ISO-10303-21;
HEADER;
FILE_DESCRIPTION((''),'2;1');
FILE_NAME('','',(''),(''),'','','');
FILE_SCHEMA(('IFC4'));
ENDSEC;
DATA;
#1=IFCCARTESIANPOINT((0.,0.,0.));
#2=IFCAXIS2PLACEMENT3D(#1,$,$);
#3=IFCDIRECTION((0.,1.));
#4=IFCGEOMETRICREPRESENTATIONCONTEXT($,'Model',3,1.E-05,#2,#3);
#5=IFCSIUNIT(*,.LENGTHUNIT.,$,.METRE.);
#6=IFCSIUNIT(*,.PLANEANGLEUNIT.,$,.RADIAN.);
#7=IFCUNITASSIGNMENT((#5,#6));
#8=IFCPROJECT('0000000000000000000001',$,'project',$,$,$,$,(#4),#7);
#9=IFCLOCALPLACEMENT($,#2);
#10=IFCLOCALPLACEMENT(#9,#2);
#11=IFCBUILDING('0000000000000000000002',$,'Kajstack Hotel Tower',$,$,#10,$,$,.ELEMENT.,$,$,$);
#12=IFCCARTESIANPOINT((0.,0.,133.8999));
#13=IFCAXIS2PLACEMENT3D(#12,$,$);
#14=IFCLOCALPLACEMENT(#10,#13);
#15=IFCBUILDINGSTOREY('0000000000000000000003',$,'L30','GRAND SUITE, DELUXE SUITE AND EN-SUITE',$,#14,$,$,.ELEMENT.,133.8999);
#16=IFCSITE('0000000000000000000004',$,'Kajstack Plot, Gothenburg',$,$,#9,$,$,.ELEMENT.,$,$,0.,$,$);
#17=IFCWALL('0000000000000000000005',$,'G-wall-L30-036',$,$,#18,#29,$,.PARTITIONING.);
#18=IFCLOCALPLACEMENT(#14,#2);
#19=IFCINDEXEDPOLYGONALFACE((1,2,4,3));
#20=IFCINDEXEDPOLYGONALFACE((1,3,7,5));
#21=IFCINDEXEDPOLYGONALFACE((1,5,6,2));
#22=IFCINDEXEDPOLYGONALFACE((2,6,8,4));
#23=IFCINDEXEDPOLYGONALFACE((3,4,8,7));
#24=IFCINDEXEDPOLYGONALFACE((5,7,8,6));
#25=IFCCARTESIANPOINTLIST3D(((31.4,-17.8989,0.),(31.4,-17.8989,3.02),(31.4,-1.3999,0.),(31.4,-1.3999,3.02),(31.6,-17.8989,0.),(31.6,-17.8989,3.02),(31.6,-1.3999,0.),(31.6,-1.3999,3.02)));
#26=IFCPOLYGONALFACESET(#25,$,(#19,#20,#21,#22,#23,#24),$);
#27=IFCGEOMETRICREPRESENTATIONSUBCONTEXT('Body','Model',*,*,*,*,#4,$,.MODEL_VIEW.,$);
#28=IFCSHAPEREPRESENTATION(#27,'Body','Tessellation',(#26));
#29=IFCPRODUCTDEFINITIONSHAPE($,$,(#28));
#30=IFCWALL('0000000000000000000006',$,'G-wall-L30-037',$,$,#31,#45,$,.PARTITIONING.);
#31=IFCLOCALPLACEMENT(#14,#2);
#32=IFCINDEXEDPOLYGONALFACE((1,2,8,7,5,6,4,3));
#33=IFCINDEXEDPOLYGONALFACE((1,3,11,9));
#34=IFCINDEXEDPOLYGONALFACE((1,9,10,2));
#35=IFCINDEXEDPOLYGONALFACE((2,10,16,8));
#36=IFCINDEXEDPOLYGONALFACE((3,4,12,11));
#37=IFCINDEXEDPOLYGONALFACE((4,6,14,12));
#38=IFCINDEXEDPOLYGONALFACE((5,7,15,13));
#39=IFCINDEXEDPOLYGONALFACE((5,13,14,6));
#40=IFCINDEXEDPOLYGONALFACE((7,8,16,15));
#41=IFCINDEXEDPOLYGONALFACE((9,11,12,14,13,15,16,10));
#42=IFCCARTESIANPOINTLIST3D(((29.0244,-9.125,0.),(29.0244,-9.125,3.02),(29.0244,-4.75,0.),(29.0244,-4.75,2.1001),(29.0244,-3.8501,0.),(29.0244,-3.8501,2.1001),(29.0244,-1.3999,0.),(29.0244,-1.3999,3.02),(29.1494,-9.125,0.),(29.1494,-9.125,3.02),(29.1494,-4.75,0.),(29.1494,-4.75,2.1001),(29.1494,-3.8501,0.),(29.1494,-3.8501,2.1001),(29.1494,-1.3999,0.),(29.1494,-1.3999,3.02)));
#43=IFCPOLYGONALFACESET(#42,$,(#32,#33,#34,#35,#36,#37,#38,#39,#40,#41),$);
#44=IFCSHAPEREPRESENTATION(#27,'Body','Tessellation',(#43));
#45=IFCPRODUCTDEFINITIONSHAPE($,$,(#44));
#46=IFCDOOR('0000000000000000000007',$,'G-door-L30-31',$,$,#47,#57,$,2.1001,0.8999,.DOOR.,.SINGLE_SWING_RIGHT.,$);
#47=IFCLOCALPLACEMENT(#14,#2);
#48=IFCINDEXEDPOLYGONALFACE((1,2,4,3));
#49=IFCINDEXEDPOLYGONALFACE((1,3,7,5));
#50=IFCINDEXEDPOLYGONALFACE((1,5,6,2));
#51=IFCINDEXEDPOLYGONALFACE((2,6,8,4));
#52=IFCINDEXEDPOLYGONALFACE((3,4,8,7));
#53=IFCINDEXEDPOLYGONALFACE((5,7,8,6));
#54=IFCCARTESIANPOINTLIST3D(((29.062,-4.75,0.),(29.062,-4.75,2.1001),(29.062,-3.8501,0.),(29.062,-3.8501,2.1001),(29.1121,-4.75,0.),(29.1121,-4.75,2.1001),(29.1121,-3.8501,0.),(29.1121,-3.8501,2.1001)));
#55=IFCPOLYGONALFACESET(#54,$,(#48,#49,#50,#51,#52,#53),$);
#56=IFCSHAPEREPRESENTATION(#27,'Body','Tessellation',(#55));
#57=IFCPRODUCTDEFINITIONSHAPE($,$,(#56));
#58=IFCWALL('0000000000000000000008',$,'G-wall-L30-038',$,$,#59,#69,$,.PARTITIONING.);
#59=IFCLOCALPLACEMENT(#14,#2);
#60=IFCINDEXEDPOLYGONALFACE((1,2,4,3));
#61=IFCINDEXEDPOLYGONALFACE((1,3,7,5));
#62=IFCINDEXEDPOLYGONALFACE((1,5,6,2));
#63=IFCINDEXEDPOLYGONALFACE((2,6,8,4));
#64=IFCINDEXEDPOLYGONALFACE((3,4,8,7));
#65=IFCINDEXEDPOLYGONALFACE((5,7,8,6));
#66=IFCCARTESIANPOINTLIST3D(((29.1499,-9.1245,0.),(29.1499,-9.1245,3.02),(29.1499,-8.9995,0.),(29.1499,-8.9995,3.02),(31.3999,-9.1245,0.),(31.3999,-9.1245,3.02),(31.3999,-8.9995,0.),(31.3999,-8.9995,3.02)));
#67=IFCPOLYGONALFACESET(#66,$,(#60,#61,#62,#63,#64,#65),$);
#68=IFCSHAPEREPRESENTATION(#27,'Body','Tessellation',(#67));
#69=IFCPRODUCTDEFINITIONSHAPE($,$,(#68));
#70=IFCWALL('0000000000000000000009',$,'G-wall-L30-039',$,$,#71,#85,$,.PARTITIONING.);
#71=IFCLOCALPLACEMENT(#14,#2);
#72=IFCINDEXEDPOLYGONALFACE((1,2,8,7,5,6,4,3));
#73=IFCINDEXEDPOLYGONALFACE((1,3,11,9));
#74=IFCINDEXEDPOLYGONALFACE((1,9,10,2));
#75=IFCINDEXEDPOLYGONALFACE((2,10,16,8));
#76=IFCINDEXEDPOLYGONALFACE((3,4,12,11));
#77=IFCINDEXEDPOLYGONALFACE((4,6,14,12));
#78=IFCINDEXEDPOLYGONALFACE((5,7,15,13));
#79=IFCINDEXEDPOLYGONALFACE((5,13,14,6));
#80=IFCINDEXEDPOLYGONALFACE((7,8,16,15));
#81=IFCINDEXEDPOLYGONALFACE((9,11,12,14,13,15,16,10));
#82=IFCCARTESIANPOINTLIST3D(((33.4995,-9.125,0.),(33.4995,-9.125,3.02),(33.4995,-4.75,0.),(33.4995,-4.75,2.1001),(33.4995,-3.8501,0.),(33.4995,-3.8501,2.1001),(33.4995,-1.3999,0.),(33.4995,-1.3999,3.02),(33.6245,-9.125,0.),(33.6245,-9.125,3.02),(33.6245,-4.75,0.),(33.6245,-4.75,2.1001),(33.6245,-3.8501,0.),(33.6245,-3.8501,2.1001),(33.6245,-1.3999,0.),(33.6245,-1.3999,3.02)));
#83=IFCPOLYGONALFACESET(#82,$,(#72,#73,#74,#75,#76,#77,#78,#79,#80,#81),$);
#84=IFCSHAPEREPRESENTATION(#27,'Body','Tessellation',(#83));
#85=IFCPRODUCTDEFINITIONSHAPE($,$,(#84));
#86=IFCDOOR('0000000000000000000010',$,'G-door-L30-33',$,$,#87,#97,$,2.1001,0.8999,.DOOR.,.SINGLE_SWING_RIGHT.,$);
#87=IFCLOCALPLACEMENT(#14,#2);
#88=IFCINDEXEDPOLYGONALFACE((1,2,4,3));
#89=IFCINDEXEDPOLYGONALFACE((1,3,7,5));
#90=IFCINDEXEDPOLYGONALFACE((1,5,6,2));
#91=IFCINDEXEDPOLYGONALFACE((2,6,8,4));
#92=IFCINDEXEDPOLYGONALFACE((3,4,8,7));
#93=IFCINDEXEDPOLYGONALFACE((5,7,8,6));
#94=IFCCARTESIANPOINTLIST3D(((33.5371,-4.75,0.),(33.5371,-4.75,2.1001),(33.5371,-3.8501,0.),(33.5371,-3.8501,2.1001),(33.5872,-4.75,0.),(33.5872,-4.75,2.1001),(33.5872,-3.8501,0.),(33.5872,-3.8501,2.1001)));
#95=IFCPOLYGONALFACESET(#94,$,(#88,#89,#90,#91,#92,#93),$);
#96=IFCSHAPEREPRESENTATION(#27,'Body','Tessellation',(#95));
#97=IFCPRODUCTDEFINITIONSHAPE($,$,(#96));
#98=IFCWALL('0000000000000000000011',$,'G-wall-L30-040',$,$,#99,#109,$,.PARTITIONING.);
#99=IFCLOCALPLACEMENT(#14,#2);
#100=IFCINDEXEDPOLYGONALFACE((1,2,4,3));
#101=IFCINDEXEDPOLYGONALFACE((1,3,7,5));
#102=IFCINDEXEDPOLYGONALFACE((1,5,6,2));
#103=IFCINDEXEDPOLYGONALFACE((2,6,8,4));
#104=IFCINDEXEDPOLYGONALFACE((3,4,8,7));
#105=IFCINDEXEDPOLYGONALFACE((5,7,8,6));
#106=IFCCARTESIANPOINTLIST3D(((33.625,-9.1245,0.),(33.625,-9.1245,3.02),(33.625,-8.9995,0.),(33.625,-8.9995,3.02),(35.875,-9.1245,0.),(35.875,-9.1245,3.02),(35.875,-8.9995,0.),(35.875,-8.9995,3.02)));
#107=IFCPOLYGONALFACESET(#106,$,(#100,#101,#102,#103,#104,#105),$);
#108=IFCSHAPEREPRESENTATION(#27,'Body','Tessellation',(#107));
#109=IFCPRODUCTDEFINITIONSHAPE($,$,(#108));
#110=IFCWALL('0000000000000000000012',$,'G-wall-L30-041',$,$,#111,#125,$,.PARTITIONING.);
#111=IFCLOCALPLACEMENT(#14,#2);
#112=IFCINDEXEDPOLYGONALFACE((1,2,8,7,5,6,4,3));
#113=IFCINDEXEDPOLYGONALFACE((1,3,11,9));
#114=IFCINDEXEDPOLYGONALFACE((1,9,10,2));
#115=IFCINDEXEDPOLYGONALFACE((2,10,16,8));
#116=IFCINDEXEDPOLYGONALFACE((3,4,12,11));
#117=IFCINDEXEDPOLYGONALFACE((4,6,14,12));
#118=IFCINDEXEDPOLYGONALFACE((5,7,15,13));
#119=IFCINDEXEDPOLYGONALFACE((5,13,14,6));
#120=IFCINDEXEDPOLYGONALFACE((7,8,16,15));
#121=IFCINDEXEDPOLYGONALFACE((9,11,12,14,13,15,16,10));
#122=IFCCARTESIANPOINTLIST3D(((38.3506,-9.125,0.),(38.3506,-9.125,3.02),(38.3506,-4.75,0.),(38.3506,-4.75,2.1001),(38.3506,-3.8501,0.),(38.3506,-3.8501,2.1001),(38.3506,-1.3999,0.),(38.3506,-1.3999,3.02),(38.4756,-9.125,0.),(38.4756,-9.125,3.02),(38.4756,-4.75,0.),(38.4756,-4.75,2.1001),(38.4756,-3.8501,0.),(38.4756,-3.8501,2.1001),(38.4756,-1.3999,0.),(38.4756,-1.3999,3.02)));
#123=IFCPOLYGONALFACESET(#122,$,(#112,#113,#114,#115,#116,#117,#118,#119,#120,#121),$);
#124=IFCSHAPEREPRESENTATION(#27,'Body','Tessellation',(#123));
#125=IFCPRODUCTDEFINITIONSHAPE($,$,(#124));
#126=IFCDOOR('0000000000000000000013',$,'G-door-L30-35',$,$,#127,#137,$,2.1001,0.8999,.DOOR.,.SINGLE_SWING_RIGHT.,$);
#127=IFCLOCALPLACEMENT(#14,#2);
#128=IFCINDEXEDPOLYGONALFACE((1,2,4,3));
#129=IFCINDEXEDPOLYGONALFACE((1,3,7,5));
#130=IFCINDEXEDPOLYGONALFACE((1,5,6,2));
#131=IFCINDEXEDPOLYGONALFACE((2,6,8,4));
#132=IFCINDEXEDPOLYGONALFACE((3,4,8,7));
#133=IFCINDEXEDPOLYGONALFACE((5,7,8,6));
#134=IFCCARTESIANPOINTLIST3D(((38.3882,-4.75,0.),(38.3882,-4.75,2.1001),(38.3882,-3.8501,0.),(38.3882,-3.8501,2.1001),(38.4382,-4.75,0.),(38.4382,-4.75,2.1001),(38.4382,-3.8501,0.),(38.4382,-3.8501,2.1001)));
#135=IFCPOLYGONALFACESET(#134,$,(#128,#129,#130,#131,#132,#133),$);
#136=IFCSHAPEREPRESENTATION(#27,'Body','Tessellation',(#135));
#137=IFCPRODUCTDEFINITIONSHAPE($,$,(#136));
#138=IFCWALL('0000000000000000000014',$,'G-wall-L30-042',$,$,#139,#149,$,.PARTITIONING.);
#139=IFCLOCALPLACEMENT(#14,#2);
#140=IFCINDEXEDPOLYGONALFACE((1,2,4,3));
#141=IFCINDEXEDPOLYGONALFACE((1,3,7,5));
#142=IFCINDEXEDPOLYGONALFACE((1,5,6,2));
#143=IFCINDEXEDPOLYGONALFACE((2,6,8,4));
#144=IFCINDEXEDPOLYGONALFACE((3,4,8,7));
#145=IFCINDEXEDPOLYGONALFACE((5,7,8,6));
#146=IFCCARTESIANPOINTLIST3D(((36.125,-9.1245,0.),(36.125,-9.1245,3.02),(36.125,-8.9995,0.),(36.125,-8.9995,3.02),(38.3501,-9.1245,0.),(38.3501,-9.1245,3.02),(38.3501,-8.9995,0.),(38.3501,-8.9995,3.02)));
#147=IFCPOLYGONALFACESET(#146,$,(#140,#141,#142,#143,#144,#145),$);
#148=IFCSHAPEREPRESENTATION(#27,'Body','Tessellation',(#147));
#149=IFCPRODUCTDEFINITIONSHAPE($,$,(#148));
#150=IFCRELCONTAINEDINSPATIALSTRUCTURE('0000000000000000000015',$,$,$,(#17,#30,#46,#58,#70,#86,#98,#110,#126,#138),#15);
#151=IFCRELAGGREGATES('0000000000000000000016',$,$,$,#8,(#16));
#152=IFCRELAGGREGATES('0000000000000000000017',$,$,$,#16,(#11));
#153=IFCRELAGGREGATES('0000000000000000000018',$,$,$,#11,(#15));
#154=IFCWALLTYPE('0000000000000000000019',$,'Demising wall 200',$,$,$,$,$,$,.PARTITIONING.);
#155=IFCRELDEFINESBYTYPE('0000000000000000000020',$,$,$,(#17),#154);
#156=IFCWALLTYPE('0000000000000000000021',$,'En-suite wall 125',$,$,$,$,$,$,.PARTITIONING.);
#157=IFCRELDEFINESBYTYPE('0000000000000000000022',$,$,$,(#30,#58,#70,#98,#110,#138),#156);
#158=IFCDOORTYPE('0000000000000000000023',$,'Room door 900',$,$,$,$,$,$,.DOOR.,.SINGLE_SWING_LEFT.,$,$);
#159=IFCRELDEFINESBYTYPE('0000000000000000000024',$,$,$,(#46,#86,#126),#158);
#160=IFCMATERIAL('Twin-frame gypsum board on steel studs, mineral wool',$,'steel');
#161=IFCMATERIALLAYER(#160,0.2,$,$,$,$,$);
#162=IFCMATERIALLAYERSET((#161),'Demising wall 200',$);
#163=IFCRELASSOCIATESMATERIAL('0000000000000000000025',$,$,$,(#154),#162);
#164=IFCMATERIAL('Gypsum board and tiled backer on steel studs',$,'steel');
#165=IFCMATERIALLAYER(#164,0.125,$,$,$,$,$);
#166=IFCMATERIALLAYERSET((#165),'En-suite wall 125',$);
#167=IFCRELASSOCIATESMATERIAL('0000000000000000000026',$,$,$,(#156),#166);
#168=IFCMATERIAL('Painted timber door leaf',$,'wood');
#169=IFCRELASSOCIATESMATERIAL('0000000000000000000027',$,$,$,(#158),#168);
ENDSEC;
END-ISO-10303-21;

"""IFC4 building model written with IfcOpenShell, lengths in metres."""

from ifc_helpers import new_model, si_unit, direction, frame, frame_2d, origin, place, context, subcontext, project, spatial, rectangle, extrude, material, layer, layer_set, type_object, element, fill, save


model = new_model("IFC4")

# Units and contexts
model_context = context("Model", 3, precision=1e-05, world=origin(), true_north=direction((0.0, 1.0)))
body_context = subcontext(model_context, "Body", "Model", "MODEL_VIEW")
ifc_project = project(units=[si_unit("LENGTHUNIT", "METRE"), si_unit("PLANEANGLEUNIT", "RADIAN")], contexts=[model_context])

# Site, building, storey
site_placement = place(None, origin())
site = spatial("IfcSite", under=ifc_project, at=site_placement, Name="Kajstack Plot, Gothenburg", CompositionType="ELEMENT", RefElevation=0.0)
building_placement = place(site_placement, origin())
building = spatial("IfcBuilding", under=site, at=building_placement, Name="Kajstack Hotel Tower", CompositionType="ELEMENT")
storey_placement = place(building_placement, frame((0.0, 0.0, 133.8999)))
storey = spatial("IfcBuildingStorey", under=building, at=storey_placement, Name="L30", Description="GRAND SUITE, DELUXE SUITE AND EN-SUITE", CompositionType="ELEMENT", Elevation=133.8999)

# Wall
ifc_material_1 = material(Name="Twin-frame gypsum board on steel studs, mineral wool", Category="steel")
ifc_layer_1 = layer(ifc_material_1, 0.2)
ifc_layer_set_1 = layer_set([ifc_layer_1], Name="Demising wall 200")
wall_type_1 = type_object("IfcWallType", Name="Demising wall 200", PredefinedType="PARTITIONING", material=ifc_layer_set_1)
wall_1_placement = place(storey_placement, frame((31.5, -17.8989, 0.0), z_axis=(0.0, 0.0, 1.0), x_axis=(0.0, 1.0, 0.0)))
element("IfcWall", 1, at=wall_1_placement, inside=storey, type_object=wall_type_1, Name="G-wall-L30-036", PredefinedType="PARTITIONING", context=body_context, shape_type="SweptSolid", body=[
    extrude(rectangle(XDim=16.499, YDim=0.2, at=frame_2d((8.2495, 0.0))), origin(), (0.0, 0.0, 1.0), 3.02),
])

# Wall, opening, door
ifc_material_2 = material(Name="Gypsum board and tiled backer on steel studs", Category="steel")
ifc_layer_2 = layer(ifc_material_2, 0.125)
ifc_layer_set_2 = layer_set([ifc_layer_2], Name="En-suite wall 125")
wall_type_2 = type_object("IfcWallType", Name="En-suite wall 125", PredefinedType="PARTITIONING", material=ifc_layer_set_2)
wall_2_placement = place(storey_placement, frame((29.0869, -9.125, 0.0), z_axis=(0.0, 0.0, 1.0), x_axis=(0.0, 1.0, 0.0)))
wall_2 = element("IfcWall", 2, at=wall_2_placement, inside=storey, type_object=wall_type_2, Name="G-wall-L30-037", PredefinedType="PARTITIONING", context=body_context, shape_type="SweptSolid", body=[
    extrude(rectangle(XDim=7.7251, YDim=0.125, at=frame_2d((3.8625, 0.0))), origin(), (0.0, 0.0, 1.0), 3.02),
])
opening_1_placement = place(wall_2_placement, frame((4.375, 0.0, 0.0)))
opening_1 = element("IfcOpeningElement", 3, at=opening_1_placement, cuts=wall_2, PredefinedType="OPENING", context=body_context, shape_type="SweptSolid", body=[
    extrude(rectangle(XDim=0.8999, YDim=2.1001, at=frame_2d((0.45, 1.05))), frame((0.0, 0.0725, 0.0), z_axis=(0.0, -1.0, 0.0), x_axis=(1.0, 0.0, 0.0)), (0.0, 0.0, 1.0), 0.145),
])
ifc_material_3 = material(Name="Painted timber door leaf", Category="wood")
door_type_1 = type_object("IfcDoorType", Name="Room door 900", OperationType="SINGLE_SWING_LEFT", PredefinedType="DOOR", material=ifc_material_3)
door_1_placement = place(opening_1_placement, origin())
door_1 = element("IfcDoor", 4, at=door_1_placement, inside=storey, type_object=door_type_1, Name="G-door-L30-31", OperationType="SINGLE_SWING_RIGHT", OverallHeight=2.1001, OverallWidth=0.8999, PredefinedType="DOOR", context=body_context, shape_type="SweptSolid", body=[
    extrude(rectangle(XDim=0.8999, YDim=2.1001, at=frame_2d((0.45, 1.05))), frame((0.0, 0.0249, 0.0), z_axis=(0.0, -1.0, 0.0), x_axis=(1.0, 0.0, 0.0)), (0.0, 0.0, 1.0), 0.05),
])
fill(opening_1, door_1)

# Wall
wall_3_placement = place(storey_placement, frame((29.1499, -9.062, 0.0), z_axis=(0.0, 0.0, 1.0), x_axis=(1.0, 0.0, 0.0)))
element("IfcWall", 5, at=wall_3_placement, inside=storey, type_object=wall_type_2, Name="G-wall-L30-038", PredefinedType="PARTITIONING", context=body_context, shape_type="SweptSolid", body=[
    extrude(rectangle(XDim=2.25, YDim=0.125, at=frame_2d((1.125, 0.0))), origin(), (0.0, 0.0, 1.0), 3.02),
])

# Wall, opening, door
wall_4_placement = place(storey_placement, frame((33.562, -9.125, 0.0), z_axis=(0.0, 0.0, 1.0), x_axis=(0.0, 1.0, 0.0)))
wall_4 = element("IfcWall", 6, at=wall_4_placement, inside=storey, type_object=wall_type_2, Name="G-wall-L30-039", PredefinedType="PARTITIONING", context=body_context, shape_type="SweptSolid", body=[
    extrude(rectangle(XDim=7.7251, YDim=0.125, at=frame_2d((3.8625, 0.0))), origin(), (0.0, 0.0, 1.0), 3.02),
])
opening_2_placement = place(wall_4_placement, frame((4.375, 0.0, 0.0)))
opening_2 = element("IfcOpeningElement", 7, at=opening_2_placement, cuts=wall_4, PredefinedType="OPENING", context=body_context, shape_type="SweptSolid", body=[
    extrude(rectangle(XDim=0.8999, YDim=2.1001, at=frame_2d((0.45, 1.05))), frame((0.0, 0.0725, 0.0), z_axis=(0.0, -1.0, 0.0), x_axis=(1.0, 0.0, 0.0)), (0.0, 0.0, 1.0), 0.145),
])
door_2_placement = place(opening_2_placement, origin())
door_2 = element("IfcDoor", 8, at=door_2_placement, inside=storey, type_object=door_type_1, Name="G-door-L30-33", OperationType="SINGLE_SWING_RIGHT", OverallHeight=2.1001, OverallWidth=0.8999, PredefinedType="DOOR", context=body_context, shape_type="SweptSolid", body=[
    extrude(rectangle(XDim=0.8999, YDim=2.1001, at=frame_2d((0.45, 1.05))), frame((0.0, 0.0249, 0.0), z_axis=(0.0, -1.0, 0.0), x_axis=(1.0, 0.0, 0.0)), (0.0, 0.0, 1.0), 0.05),
])
fill(opening_2, door_2)

# Wall
wall_5_placement = place(storey_placement, frame((33.625, -9.062, 0.0), z_axis=(0.0, 0.0, 1.0), x_axis=(1.0, 0.0, 0.0)))
element("IfcWall", 9, at=wall_5_placement, inside=storey, type_object=wall_type_2, Name="G-wall-L30-040", PredefinedType="PARTITIONING", context=body_context, shape_type="SweptSolid", body=[
    extrude(rectangle(XDim=2.25, YDim=0.125, at=frame_2d((1.125, 0.0))), origin(), (0.0, 0.0, 1.0), 3.02),
])

# Wall, opening, door
wall_6_placement = place(storey_placement, frame((38.4131, -9.125, 0.0), z_axis=(0.0, 0.0, 1.0), x_axis=(0.0, 1.0, 0.0)))
wall_6 = element("IfcWall", 10, at=wall_6_placement, inside=storey, type_object=wall_type_2, Name="G-wall-L30-041", PredefinedType="PARTITIONING", context=body_context, shape_type="SweptSolid", body=[
    extrude(rectangle(XDim=7.7251, YDim=0.125, at=frame_2d((3.8625, 0.0))), origin(), (0.0, 0.0, 1.0), 3.02),
])
opening_3_placement = place(wall_6_placement, frame((4.375, 0.0, 0.0)))
opening_3 = element("IfcOpeningElement", 11, at=opening_3_placement, cuts=wall_6, PredefinedType="OPENING", context=body_context, shape_type="SweptSolid", body=[
    extrude(rectangle(XDim=0.8999, YDim=2.1001, at=frame_2d((0.45, 1.05))), frame((0.0, 0.0725, 0.0), z_axis=(0.0, -1.0, 0.0), x_axis=(1.0, 0.0, 0.0)), (0.0, 0.0, 1.0), 0.145),
])
door_3_placement = place(opening_3_placement, origin())
door_3 = element("IfcDoor", 12, at=door_3_placement, inside=storey, type_object=door_type_1, Name="G-door-L30-35", OperationType="SINGLE_SWING_RIGHT", OverallHeight=2.1001, OverallWidth=0.8999, PredefinedType="DOOR", context=body_context, shape_type="SweptSolid", body=[
    extrude(rectangle(XDim=0.8999, YDim=2.1001, at=frame_2d((0.45, 1.05))), frame((0.0, 0.0249, 0.0), z_axis=(0.0, -1.0, 0.0), x_axis=(1.0, 0.0, 0.0)), (0.0, 0.0, 1.0), 0.05),
])
fill(opening_3, door_3)

# Wall
wall_7_placement = place(storey_placement, frame((36.125, -9.062, 0.0), z_axis=(0.0, 0.0, 1.0), x_axis=(1.0, 0.0, 0.0)))
element("IfcWall", 13, at=wall_7_placement, inside=storey, type_object=wall_type_2, Name="G-wall-L30-042", PredefinedType="PARTITIONING", context=body_context, shape_type="SweptSolid", body=[
    extrude(rectangle(XDim=2.2251, YDim=0.125, at=frame_2d((1.1125, 0.0))), origin(), (0.0, 0.0, 1.0), 3.02),
])

save(model, "model.ifc")
